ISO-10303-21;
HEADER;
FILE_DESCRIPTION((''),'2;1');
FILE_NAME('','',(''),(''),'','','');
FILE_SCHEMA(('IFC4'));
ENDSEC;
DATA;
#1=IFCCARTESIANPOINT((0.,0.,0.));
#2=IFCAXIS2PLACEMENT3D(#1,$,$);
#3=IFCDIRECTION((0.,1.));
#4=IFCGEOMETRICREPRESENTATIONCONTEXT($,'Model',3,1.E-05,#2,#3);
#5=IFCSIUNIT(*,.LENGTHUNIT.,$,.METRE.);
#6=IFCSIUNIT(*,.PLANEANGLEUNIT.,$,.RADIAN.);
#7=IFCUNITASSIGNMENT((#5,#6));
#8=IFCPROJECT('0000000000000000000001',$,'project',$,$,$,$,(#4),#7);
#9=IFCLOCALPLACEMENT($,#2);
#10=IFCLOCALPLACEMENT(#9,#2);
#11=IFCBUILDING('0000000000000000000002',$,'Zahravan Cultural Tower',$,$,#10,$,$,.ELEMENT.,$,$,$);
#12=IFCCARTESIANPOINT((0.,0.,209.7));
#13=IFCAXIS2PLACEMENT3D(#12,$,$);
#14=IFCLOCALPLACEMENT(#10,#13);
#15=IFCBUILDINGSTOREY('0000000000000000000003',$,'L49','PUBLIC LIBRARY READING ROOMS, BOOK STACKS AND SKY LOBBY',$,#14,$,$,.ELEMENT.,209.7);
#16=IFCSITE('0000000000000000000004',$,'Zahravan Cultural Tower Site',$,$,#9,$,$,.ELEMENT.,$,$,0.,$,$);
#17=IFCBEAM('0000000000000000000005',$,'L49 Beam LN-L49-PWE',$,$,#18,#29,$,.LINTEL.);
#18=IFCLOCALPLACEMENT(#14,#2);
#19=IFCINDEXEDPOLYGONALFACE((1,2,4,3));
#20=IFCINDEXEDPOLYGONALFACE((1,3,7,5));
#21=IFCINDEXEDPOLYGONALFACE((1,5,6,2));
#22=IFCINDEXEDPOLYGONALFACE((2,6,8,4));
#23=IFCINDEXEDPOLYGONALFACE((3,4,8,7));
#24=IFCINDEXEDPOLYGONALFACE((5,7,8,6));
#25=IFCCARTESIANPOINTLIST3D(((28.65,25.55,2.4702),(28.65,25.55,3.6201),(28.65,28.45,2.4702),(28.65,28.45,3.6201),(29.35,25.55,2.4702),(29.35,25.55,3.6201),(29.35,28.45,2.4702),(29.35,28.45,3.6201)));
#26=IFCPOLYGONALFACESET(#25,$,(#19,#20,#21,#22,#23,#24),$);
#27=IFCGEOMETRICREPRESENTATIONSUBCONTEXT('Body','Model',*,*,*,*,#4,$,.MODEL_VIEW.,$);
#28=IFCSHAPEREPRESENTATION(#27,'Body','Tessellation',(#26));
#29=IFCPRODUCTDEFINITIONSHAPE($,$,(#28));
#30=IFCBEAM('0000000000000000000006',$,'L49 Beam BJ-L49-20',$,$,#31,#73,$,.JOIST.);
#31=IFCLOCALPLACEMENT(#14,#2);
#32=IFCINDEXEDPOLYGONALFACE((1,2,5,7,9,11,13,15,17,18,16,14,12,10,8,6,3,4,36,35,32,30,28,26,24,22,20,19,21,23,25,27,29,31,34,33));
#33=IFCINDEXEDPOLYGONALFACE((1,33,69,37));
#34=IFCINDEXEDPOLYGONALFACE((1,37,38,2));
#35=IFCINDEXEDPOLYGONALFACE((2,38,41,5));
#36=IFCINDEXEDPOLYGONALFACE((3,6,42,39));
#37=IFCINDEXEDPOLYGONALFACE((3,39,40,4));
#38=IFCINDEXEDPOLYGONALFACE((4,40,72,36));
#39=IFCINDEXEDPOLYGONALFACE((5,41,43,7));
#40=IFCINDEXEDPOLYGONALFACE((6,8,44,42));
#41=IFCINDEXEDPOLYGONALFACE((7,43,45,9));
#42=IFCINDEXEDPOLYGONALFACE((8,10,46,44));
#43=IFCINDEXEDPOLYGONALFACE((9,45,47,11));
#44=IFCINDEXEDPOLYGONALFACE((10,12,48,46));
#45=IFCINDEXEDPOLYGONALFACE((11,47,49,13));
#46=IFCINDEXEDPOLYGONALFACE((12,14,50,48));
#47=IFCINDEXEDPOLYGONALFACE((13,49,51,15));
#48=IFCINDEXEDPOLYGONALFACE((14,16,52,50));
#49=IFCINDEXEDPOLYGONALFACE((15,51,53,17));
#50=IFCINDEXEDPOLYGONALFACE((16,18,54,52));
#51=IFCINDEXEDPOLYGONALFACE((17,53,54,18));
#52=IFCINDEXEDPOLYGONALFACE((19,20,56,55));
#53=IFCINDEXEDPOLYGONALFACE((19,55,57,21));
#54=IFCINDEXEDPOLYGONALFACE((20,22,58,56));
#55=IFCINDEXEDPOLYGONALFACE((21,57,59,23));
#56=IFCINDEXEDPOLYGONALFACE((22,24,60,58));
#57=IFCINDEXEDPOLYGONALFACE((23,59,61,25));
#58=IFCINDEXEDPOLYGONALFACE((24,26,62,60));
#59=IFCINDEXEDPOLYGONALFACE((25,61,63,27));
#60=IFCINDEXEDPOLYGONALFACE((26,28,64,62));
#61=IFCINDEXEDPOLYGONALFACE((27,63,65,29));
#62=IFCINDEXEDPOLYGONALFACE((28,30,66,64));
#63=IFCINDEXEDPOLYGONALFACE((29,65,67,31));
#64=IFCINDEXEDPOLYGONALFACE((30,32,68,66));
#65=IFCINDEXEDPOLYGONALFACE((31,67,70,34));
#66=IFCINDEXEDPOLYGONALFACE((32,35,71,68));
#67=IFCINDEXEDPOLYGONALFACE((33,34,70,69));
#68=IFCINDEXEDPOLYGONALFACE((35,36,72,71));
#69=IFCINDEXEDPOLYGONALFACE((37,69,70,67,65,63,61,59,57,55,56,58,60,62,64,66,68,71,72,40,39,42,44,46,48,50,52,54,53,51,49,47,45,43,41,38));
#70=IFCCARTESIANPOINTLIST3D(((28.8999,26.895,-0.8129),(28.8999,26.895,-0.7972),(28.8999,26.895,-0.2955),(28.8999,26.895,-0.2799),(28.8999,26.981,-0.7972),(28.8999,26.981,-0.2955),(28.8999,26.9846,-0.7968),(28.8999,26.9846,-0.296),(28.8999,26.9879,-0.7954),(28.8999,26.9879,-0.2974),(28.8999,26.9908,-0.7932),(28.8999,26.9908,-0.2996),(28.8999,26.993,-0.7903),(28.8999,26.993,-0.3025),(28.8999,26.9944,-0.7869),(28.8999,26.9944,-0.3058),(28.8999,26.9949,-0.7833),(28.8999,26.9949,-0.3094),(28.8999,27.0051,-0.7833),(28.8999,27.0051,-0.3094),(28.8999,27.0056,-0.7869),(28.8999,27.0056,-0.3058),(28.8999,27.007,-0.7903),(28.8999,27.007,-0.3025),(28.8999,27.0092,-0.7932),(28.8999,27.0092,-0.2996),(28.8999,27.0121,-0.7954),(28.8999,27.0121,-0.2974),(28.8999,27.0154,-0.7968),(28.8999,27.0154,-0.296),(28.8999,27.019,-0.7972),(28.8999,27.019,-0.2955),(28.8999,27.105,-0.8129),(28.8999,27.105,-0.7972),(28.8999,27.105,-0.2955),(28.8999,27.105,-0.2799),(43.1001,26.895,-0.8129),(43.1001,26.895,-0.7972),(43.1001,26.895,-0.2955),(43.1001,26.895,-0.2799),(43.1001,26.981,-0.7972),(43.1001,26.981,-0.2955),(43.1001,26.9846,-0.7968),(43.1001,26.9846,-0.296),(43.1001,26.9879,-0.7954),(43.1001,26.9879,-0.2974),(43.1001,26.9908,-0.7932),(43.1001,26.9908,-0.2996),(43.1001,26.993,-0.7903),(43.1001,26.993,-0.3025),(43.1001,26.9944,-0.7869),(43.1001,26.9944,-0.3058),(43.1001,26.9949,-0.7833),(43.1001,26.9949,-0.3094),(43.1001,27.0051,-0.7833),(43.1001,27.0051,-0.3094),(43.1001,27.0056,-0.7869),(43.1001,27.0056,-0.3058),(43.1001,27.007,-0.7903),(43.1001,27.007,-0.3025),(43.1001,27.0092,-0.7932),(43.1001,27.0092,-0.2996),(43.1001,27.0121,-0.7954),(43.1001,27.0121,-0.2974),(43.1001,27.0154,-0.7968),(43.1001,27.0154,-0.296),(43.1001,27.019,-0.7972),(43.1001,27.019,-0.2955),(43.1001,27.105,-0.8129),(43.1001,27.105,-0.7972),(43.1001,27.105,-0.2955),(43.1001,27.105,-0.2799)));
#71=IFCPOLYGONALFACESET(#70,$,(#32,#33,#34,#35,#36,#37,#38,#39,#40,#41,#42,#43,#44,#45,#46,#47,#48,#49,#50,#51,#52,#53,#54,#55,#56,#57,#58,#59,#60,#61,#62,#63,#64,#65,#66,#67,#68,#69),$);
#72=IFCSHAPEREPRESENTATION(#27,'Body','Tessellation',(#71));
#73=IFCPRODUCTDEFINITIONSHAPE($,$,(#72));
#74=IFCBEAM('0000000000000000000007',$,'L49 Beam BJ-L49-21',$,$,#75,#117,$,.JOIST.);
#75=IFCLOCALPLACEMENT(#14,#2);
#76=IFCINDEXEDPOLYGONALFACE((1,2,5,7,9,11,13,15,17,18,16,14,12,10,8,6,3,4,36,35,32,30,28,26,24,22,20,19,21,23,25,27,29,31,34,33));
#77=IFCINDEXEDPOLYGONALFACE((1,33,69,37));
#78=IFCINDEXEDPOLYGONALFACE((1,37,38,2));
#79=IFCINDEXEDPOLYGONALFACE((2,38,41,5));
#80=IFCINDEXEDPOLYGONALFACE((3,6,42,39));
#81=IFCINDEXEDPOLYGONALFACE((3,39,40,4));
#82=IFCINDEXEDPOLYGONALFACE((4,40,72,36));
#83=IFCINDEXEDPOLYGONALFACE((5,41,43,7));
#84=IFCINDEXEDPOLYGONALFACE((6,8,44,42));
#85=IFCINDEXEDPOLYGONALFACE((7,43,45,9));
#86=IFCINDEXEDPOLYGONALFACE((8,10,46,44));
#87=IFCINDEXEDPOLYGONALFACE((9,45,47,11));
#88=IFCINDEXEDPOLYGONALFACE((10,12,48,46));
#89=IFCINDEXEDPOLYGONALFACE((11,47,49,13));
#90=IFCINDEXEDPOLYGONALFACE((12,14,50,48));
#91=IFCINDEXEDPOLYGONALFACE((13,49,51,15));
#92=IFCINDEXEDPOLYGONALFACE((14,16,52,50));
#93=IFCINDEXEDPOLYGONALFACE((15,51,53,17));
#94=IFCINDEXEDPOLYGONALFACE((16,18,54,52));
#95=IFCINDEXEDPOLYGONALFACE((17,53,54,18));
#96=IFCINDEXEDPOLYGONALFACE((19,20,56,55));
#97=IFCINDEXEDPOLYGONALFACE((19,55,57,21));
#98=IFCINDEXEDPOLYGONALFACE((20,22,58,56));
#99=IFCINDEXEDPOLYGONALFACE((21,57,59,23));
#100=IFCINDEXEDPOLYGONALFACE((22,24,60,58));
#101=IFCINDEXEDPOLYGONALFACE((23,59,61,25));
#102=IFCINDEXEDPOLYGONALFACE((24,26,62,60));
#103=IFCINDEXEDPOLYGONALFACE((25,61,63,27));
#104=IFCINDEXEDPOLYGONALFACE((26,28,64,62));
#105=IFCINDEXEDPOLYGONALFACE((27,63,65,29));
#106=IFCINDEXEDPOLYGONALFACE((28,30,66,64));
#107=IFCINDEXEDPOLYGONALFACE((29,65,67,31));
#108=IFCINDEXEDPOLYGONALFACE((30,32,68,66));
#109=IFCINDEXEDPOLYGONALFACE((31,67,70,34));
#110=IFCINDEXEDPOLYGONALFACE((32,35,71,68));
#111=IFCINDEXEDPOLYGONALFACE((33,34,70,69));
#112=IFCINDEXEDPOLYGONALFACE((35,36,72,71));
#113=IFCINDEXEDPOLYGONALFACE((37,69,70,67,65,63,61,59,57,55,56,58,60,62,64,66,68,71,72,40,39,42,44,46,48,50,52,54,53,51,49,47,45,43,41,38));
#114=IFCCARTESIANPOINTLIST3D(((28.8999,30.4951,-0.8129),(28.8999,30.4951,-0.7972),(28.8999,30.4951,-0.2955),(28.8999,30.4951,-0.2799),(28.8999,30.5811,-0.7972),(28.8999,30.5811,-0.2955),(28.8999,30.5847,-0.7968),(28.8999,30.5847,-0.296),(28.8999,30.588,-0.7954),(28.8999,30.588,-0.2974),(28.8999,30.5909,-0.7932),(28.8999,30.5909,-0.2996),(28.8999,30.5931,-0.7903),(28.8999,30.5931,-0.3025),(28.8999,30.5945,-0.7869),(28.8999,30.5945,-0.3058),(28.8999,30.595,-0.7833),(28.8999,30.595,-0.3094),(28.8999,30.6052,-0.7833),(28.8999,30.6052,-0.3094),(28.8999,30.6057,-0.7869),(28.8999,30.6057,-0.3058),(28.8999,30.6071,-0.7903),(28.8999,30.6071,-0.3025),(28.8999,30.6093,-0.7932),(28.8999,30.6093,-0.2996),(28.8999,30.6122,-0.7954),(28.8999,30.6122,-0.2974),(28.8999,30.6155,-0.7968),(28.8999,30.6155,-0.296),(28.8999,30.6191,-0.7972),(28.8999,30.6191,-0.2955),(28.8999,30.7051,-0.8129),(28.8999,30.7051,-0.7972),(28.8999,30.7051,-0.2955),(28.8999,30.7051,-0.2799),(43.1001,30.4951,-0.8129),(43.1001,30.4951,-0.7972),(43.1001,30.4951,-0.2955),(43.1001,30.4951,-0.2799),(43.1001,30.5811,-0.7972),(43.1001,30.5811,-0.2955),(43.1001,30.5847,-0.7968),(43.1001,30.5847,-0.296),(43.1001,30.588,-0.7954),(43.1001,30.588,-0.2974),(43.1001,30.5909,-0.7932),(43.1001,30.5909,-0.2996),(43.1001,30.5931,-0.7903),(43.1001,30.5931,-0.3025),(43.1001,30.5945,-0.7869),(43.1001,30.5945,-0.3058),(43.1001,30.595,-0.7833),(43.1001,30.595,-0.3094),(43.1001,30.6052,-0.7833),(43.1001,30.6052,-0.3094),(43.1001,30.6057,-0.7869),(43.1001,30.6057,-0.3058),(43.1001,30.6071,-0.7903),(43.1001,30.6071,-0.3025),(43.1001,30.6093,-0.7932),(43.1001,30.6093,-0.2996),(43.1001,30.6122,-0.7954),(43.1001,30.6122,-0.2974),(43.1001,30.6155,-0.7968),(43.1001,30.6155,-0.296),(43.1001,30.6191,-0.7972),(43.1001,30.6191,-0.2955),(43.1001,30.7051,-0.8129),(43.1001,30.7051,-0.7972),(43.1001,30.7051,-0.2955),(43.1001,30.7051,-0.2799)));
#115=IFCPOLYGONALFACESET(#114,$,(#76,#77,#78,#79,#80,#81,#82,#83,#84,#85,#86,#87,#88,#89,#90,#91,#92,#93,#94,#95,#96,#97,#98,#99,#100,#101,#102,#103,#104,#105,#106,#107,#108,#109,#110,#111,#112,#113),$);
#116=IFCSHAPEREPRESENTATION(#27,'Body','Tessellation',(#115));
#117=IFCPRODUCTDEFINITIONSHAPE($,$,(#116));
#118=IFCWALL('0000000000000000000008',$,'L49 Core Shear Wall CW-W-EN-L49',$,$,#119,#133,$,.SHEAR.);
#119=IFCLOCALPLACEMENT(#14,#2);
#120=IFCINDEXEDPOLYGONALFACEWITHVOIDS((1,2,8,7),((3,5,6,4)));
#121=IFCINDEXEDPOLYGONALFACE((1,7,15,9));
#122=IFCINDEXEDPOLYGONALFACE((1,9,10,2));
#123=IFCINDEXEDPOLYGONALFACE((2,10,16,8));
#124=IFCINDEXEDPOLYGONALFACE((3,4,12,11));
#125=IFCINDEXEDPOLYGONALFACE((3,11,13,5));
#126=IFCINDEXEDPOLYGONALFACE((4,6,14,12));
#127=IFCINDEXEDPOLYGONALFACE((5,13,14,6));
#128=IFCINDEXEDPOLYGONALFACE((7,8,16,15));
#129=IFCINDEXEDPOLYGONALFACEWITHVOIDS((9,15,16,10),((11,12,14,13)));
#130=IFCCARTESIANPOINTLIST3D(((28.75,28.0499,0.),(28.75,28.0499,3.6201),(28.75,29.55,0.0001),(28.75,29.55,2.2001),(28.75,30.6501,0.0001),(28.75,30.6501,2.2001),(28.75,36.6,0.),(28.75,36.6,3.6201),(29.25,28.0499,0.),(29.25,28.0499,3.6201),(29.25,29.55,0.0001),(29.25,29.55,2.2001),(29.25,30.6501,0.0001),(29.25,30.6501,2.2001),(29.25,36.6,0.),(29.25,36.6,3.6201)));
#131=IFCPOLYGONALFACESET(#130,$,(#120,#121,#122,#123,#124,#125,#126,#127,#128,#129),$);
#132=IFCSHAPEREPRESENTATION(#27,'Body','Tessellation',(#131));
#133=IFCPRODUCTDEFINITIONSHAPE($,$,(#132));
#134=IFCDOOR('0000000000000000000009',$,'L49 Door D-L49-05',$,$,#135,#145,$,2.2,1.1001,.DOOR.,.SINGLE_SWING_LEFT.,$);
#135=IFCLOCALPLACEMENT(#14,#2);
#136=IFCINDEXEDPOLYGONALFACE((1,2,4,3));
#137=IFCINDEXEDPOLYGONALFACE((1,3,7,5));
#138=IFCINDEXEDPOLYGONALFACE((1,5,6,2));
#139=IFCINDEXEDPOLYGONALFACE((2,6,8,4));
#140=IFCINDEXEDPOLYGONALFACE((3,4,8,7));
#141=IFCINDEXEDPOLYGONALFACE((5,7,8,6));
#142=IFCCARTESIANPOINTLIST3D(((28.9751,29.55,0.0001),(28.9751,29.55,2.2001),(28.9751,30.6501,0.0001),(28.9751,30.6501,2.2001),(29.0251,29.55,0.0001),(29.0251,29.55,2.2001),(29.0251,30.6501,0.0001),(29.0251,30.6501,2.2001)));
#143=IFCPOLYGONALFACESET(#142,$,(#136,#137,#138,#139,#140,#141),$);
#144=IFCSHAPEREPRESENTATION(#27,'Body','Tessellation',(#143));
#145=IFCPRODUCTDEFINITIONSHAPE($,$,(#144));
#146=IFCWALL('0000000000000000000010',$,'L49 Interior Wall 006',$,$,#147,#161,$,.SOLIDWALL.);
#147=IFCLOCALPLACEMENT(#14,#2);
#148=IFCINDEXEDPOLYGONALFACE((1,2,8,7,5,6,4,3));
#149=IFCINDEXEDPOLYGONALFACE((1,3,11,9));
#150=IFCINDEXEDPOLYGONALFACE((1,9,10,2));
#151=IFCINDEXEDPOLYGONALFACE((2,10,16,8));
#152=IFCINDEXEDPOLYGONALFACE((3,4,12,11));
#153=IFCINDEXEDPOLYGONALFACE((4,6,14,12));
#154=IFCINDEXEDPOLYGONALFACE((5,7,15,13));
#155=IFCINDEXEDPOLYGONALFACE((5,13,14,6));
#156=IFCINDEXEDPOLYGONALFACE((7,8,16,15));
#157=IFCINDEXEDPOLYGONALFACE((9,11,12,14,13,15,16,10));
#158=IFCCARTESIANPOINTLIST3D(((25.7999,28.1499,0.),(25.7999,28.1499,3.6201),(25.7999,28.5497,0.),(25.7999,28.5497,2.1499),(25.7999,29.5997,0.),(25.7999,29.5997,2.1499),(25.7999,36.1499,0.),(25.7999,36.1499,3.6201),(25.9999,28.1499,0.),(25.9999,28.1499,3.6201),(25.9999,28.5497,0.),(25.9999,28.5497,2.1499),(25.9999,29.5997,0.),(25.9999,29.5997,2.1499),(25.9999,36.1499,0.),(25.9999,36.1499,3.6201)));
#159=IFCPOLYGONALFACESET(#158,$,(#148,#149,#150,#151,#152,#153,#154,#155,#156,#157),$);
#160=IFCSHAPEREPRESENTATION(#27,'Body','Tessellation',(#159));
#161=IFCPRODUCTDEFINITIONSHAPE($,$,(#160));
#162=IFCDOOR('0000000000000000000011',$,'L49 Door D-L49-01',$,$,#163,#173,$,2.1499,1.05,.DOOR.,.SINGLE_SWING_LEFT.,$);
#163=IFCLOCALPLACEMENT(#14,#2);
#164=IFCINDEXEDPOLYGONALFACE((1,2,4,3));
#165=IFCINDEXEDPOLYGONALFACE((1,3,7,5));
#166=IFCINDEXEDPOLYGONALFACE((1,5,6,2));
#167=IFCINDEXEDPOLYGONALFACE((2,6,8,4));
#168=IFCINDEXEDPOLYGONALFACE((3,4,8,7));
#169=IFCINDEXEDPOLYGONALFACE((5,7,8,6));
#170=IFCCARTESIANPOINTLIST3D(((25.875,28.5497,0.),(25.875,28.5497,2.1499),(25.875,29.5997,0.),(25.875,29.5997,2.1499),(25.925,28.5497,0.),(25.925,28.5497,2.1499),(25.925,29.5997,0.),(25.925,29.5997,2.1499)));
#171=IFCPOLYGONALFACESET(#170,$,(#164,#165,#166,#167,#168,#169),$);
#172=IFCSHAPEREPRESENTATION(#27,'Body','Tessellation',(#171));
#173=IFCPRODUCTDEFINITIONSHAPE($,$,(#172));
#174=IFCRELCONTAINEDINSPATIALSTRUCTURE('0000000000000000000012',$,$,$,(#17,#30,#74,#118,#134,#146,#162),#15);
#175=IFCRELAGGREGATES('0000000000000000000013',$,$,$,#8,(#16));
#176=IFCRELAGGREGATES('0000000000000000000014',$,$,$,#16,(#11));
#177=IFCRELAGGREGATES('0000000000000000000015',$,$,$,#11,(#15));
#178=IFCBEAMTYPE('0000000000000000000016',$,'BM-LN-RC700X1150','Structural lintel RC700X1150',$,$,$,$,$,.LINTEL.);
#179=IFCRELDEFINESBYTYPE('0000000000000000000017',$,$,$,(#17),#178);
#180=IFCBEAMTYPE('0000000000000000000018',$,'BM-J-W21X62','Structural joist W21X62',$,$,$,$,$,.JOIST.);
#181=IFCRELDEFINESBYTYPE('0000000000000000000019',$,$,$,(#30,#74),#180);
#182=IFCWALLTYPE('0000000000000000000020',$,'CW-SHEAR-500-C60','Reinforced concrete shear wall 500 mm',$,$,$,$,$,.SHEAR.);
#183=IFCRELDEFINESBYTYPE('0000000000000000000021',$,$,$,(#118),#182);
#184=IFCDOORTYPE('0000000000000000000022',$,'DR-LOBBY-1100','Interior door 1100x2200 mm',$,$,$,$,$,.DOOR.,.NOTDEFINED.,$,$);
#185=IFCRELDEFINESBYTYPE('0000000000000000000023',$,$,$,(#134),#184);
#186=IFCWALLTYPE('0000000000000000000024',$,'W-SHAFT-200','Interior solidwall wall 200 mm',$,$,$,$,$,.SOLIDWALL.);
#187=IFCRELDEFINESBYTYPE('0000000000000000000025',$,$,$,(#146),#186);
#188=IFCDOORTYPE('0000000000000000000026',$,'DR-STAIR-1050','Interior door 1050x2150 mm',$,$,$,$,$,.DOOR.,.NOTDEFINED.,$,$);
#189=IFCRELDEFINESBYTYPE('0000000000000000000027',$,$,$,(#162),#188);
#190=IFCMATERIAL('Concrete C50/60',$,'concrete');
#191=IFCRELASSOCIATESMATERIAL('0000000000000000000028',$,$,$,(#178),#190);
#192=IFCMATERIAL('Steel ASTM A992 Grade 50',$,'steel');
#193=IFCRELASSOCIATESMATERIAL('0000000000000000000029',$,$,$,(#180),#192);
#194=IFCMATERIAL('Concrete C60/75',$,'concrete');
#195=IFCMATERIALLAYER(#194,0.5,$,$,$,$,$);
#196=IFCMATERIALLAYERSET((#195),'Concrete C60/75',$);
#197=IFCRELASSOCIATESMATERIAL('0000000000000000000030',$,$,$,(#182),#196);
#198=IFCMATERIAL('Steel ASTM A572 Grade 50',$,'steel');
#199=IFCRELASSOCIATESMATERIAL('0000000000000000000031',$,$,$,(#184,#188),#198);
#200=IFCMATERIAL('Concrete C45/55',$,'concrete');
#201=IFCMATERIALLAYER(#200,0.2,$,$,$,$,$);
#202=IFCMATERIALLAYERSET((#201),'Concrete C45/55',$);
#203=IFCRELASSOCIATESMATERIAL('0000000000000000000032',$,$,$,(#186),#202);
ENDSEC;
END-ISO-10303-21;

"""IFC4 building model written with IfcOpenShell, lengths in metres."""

from ifc_helpers import new_model, si_unit, direction, frame, frame_2d, origin, origin_2d, place, context, subcontext, project, spatial, rectangle, i_section, extrude, source, transform, mapped, material, layer, layer_set, material_profile, profile_set, type_object, element, fill, save


model = new_model("IFC4")

# Units and contexts
model_context = context("Model", 3, precision=1e-05, world=origin(), true_north=direction((0.0, 1.0)))
body_context = subcontext(model_context, "Body", "Model", "MODEL_VIEW")
ifc_project = project(units=[si_unit("LENGTHUNIT", "METRE"), si_unit("PLANEANGLEUNIT", "RADIAN")], contexts=[model_context])

# Site, building, storey
site_placement = place(None, origin())
site = spatial("IfcSite", under=ifc_project, at=site_placement, Name="Zahravan Cultural Tower Site", CompositionType="ELEMENT", RefElevation=0.0)
building_placement = place(site_placement, origin())
building = spatial("IfcBuilding", under=site, at=building_placement, Name="Zahravan Cultural Tower", CompositionType="ELEMENT")
storey_placement = place(building_placement, frame((0.0, 0.0, 209.7)))
storey = spatial("IfcBuildingStorey", under=building, at=storey_placement, Name="L49", Description="PUBLIC LIBRARY READING ROOMS, BOOK STACKS AND SKY LOBBY", CompositionType="ELEMENT", Elevation=209.7)

# Beams
ifc_material_1 = material(Name="Concrete C50/60", Category="concrete")
ifc_material_profile_1 = material_profile(ifc_material_1, rectangle(XDim=0.7, YDim=1.1499, at=origin_2d()), Name="RC700X1150")
ifc_profile_set_1 = profile_set([ifc_material_profile_1], Name="Concrete C50/60")
beam_type_1 = type_object("IfcBeamType", Name="BM-LN-RC700X1150", Description="Structural lintel RC700X1150", PredefinedType="LINTEL", material=ifc_profile_set_1)
shared_shape_1 = source(origin(), body_context, "Body", "SweptSolid", [
    extrude(rectangle(XDim=0.7, YDim=1.1499, at=origin_2d()), origin(), (0.0, 0.0, 1.0), 2.8999),
])
beam_placement = place(storey_placement, frame((29.0, 25.55, 3.0452), z_axis=(0.0, 1.0, 0.0), x_axis=(-1.0, 0.0, 0.0)))
element("IfcBeam", 1, at=beam_placement, inside=storey, type_object=beam_type_1, Name="L49 Beam LN-L49-PWE", PredefinedType="LINTEL", context=body_context, shape_type="MappedRepresentation", body=[
    mapped(shared_shape_1, transform((0.0, 0.0, 0.0), x_axis=(1.0, 0.0, 0.0), y_axis=(0.0, 1.0, 0.0), z_axis=(0.0, 0.0, 1.0), scale=1.0)),
])
ifc_material_2 = material(Name="Steel ASTM A992 Grade 50", Category="steel")
ifc_material_profile_2 = material_profile(ifc_material_2, i_section(OverallWidth=0.21, OverallDepth=0.533, WebThickness=0.0103, FlangeThickness=0.0156, FilletRadius=0.0139, at=origin_2d()), Name="W21X62")
ifc_profile_set_2 = profile_set([ifc_material_profile_2], Name="Steel ASTM A992 Grade 50")
beam_type_2 = type_object("IfcBeamType", Name="BM-J-W21X62", Description="Structural joist W21X62", PredefinedType="JOIST", material=ifc_profile_set_2)
shared_shape_2 = source(origin(), body_context, "Body", "SweptSolid", [
    extrude(i_section(OverallWidth=0.21, OverallDepth=0.533, WebThickness=0.0103, FlangeThickness=0.0156, FilletRadius=0.0139, at=origin_2d()), origin(), (0.0, 0.0, 1.0), 14.2002),
])
for number, where, z_axis, x_axis, name in (
    (2, (28.8999, 27.0, -0.5464), (1.0, 0.0, 0.0), (0.0, 1.0, 0.0), "L49 Beam BJ-L49-20"),
    (3, (28.8999, 30.6001, -0.5464), (1.0, 0.0, 0.0), (0.0, 1.0, 0.0), "L49 Beam BJ-L49-21"),
):
    element("IfcBeam", number, at=place(storey_placement, frame(where, z_axis=z_axis, x_axis=x_axis)), inside=storey, type_object=beam_type_2, Name=name, PredefinedType="JOIST", context=body_context, shape_type="MappedRepresentation", body=[
        mapped(shared_shape_2, transform((0.0, 0.0, 0.0), x_axis=(1.0, 0.0, 0.0), y_axis=(0.0, 1.0, 0.0), z_axis=(0.0, 0.0, 1.0), scale=1.0)),
    ])

# Walls, openings, doors
ifc_material_3 = material(Name="Concrete C60/75", Category="concrete")
ifc_layer_1 = layer(ifc_material_3, 0.5)
ifc_layer_set_1 = layer_set([ifc_layer_1], Name="Concrete C60/75")
wall_type_1 = type_object("IfcWallType", Name="CW-SHEAR-500-C60", Description="Reinforced concrete shear wall 500 mm", PredefinedType="SHEAR", material=ifc_layer_set_1)
wall_1_placement = place(storey_placement, frame((29.0, 28.05, 0.0), z_axis=(0.0, 0.0, 1.0), x_axis=(0.0, 1.0, 0.0)))
wall_1 = element("IfcWall", 4, at=wall_1_placement, inside=storey, type_object=wall_type_1, Name="L49 Core Shear Wall CW-W-EN-L49", PredefinedType="SHEAR", context=body_context, shape_type="SweptSolid", body=[
    extrude(rectangle(XDim=8.55, YDim=0.5, at=frame_2d((4.2749, 0.0))), origin(), (0.0, 0.0, 1.0), 3.6201),
])
opening_1_placement = place(wall_1_placement, frame((1.5, 0.0, 0.0)))
opening_1 = element("IfcOpeningElement", 5, at=opening_1_placement, cuts=wall_1, PredefinedType="OPENING", context=body_context, shape_type="SweptSolid", body=[
    extrude(rectangle(XDim=1.1001, YDim=2.2, at=frame_2d((0.55, 1.1001))), frame((0.0, 0.26, 0.0), z_axis=(0.0, -1.0, 0.0), x_axis=(1.0, 0.0, 0.0)), (0.0, 0.0, 1.0), 0.52),
])
ifc_material_4 = material(Name="Steel ASTM A572 Grade 50", Category="steel")
door_type_1 = type_object("IfcDoorType", Name="DR-LOBBY-1100", Description="Interior door 1100x2200 mm", OperationType="NOTDEFINED", PredefinedType="DOOR", material=ifc_material_4)
shared_shape_3 = source(origin(), body_context, "Body", "SweptSolid", [
    extrude(rectangle(XDim=1.1001, YDim=2.2, at=frame_2d((0.55, 1.1001))), frame((0.0, 0.0249, 0.0), z_axis=(0.0, -1.0, 0.0), x_axis=(1.0, 0.0, 0.0)), (0.0, 0.0, 1.0), 0.05),
])
door_1_placement = place(opening_1_placement, origin())
door_1 = element("IfcDoor", 6, at=door_1_placement, inside=storey, type_object=door_type_1, Name="L49 Door D-L49-05", OperationType="SINGLE_SWING_LEFT", OverallHeight=2.2, OverallWidth=1.1001, PredefinedType="DOOR", context=body_context, shape_type="MappedRepresentation", body=[
    mapped(shared_shape_3, transform((0.0, 0.0, 0.0), x_axis=(1.0, 0.0, 0.0), y_axis=(0.0, 1.0, 0.0), z_axis=(0.0, 0.0, 1.0), scale=1.0)),
])
fill(opening_1, door_1)
ifc_material_5 = material(Name="Concrete C45/55", Category="concrete")
ifc_layer_2 = layer(ifc_material_5, 0.2)
ifc_layer_set_2 = layer_set([ifc_layer_2], Name="Concrete C45/55")
wall_type_2 = type_object("IfcWallType", Name="W-SHAFT-200", Description="Interior solidwall wall 200 mm", PredefinedType="SOLIDWALL", material=ifc_layer_set_2)
wall_2_placement = place(storey_placement, frame((25.8999, 28.1499, 0.0), z_axis=(0.0, 0.0, 1.0), x_axis=(0.0, 1.0, 0.0)))
wall_2 = element("IfcWall", 7, at=wall_2_placement, inside=storey, type_object=wall_type_2, Name="L49 Interior Wall 006", PredefinedType="SOLIDWALL", context=body_context, shape_type="SweptSolid", body=[
    extrude(rectangle(XDim=8.0, YDim=0.2, at=frame_2d((4.0, 0.0))), origin(), (0.0, 0.0, 1.0), 3.6201),
])
opening_2_placement = place(wall_2_placement, frame((0.3999, 0.0, 0.0)))
opening_2 = element("IfcOpeningElement", 8, at=opening_2_placement, cuts=wall_2, PredefinedType="OPENING", context=body_context, shape_type="SweptSolid", body=[
    extrude(rectangle(XDim=1.05, YDim=2.1499, at=frame_2d((0.5249, 1.075))), frame((0.0, 0.1099, 0.0), z_axis=(0.0, -1.0, 0.0), x_axis=(1.0, 0.0, 0.0)), (0.0, 0.0, 1.0), 0.22),
])
door_type_2 = type_object("IfcDoorType", Name="DR-STAIR-1050", Description="Interior door 1050x2150 mm", OperationType="NOTDEFINED", PredefinedType="DOOR", material=ifc_material_4)
shared_shape_4 = source(origin(), body_context, "Body", "SweptSolid", [
    extrude(rectangle(XDim=1.05, YDim=2.1499, at=frame_2d((0.5249, 1.075))), frame((0.0, 0.0249, 0.0), z_axis=(0.0, -1.0, 0.0), x_axis=(1.0, 0.0, 0.0)), (0.0, 0.0, 1.0), 0.05),
])
door_2_placement = place(opening_2_placement, origin())
door_2 = element("IfcDoor", 9, at=door_2_placement, inside=storey, type_object=door_type_2, Name="L49 Door D-L49-01", OperationType="SINGLE_SWING_LEFT", OverallHeight=2.1499, OverallWidth=1.05, PredefinedType="DOOR", context=body_context, shape_type="MappedRepresentation", body=[
    mapped(shared_shape_4, transform((0.0, 0.0, 0.0), x_axis=(1.0, 0.0, 0.0), y_axis=(0.0, 1.0, 0.0), z_axis=(0.0, 0.0, 1.0), scale=1.0)),
])
fill(opening_2, door_2)

save(model, "model.ifc")
